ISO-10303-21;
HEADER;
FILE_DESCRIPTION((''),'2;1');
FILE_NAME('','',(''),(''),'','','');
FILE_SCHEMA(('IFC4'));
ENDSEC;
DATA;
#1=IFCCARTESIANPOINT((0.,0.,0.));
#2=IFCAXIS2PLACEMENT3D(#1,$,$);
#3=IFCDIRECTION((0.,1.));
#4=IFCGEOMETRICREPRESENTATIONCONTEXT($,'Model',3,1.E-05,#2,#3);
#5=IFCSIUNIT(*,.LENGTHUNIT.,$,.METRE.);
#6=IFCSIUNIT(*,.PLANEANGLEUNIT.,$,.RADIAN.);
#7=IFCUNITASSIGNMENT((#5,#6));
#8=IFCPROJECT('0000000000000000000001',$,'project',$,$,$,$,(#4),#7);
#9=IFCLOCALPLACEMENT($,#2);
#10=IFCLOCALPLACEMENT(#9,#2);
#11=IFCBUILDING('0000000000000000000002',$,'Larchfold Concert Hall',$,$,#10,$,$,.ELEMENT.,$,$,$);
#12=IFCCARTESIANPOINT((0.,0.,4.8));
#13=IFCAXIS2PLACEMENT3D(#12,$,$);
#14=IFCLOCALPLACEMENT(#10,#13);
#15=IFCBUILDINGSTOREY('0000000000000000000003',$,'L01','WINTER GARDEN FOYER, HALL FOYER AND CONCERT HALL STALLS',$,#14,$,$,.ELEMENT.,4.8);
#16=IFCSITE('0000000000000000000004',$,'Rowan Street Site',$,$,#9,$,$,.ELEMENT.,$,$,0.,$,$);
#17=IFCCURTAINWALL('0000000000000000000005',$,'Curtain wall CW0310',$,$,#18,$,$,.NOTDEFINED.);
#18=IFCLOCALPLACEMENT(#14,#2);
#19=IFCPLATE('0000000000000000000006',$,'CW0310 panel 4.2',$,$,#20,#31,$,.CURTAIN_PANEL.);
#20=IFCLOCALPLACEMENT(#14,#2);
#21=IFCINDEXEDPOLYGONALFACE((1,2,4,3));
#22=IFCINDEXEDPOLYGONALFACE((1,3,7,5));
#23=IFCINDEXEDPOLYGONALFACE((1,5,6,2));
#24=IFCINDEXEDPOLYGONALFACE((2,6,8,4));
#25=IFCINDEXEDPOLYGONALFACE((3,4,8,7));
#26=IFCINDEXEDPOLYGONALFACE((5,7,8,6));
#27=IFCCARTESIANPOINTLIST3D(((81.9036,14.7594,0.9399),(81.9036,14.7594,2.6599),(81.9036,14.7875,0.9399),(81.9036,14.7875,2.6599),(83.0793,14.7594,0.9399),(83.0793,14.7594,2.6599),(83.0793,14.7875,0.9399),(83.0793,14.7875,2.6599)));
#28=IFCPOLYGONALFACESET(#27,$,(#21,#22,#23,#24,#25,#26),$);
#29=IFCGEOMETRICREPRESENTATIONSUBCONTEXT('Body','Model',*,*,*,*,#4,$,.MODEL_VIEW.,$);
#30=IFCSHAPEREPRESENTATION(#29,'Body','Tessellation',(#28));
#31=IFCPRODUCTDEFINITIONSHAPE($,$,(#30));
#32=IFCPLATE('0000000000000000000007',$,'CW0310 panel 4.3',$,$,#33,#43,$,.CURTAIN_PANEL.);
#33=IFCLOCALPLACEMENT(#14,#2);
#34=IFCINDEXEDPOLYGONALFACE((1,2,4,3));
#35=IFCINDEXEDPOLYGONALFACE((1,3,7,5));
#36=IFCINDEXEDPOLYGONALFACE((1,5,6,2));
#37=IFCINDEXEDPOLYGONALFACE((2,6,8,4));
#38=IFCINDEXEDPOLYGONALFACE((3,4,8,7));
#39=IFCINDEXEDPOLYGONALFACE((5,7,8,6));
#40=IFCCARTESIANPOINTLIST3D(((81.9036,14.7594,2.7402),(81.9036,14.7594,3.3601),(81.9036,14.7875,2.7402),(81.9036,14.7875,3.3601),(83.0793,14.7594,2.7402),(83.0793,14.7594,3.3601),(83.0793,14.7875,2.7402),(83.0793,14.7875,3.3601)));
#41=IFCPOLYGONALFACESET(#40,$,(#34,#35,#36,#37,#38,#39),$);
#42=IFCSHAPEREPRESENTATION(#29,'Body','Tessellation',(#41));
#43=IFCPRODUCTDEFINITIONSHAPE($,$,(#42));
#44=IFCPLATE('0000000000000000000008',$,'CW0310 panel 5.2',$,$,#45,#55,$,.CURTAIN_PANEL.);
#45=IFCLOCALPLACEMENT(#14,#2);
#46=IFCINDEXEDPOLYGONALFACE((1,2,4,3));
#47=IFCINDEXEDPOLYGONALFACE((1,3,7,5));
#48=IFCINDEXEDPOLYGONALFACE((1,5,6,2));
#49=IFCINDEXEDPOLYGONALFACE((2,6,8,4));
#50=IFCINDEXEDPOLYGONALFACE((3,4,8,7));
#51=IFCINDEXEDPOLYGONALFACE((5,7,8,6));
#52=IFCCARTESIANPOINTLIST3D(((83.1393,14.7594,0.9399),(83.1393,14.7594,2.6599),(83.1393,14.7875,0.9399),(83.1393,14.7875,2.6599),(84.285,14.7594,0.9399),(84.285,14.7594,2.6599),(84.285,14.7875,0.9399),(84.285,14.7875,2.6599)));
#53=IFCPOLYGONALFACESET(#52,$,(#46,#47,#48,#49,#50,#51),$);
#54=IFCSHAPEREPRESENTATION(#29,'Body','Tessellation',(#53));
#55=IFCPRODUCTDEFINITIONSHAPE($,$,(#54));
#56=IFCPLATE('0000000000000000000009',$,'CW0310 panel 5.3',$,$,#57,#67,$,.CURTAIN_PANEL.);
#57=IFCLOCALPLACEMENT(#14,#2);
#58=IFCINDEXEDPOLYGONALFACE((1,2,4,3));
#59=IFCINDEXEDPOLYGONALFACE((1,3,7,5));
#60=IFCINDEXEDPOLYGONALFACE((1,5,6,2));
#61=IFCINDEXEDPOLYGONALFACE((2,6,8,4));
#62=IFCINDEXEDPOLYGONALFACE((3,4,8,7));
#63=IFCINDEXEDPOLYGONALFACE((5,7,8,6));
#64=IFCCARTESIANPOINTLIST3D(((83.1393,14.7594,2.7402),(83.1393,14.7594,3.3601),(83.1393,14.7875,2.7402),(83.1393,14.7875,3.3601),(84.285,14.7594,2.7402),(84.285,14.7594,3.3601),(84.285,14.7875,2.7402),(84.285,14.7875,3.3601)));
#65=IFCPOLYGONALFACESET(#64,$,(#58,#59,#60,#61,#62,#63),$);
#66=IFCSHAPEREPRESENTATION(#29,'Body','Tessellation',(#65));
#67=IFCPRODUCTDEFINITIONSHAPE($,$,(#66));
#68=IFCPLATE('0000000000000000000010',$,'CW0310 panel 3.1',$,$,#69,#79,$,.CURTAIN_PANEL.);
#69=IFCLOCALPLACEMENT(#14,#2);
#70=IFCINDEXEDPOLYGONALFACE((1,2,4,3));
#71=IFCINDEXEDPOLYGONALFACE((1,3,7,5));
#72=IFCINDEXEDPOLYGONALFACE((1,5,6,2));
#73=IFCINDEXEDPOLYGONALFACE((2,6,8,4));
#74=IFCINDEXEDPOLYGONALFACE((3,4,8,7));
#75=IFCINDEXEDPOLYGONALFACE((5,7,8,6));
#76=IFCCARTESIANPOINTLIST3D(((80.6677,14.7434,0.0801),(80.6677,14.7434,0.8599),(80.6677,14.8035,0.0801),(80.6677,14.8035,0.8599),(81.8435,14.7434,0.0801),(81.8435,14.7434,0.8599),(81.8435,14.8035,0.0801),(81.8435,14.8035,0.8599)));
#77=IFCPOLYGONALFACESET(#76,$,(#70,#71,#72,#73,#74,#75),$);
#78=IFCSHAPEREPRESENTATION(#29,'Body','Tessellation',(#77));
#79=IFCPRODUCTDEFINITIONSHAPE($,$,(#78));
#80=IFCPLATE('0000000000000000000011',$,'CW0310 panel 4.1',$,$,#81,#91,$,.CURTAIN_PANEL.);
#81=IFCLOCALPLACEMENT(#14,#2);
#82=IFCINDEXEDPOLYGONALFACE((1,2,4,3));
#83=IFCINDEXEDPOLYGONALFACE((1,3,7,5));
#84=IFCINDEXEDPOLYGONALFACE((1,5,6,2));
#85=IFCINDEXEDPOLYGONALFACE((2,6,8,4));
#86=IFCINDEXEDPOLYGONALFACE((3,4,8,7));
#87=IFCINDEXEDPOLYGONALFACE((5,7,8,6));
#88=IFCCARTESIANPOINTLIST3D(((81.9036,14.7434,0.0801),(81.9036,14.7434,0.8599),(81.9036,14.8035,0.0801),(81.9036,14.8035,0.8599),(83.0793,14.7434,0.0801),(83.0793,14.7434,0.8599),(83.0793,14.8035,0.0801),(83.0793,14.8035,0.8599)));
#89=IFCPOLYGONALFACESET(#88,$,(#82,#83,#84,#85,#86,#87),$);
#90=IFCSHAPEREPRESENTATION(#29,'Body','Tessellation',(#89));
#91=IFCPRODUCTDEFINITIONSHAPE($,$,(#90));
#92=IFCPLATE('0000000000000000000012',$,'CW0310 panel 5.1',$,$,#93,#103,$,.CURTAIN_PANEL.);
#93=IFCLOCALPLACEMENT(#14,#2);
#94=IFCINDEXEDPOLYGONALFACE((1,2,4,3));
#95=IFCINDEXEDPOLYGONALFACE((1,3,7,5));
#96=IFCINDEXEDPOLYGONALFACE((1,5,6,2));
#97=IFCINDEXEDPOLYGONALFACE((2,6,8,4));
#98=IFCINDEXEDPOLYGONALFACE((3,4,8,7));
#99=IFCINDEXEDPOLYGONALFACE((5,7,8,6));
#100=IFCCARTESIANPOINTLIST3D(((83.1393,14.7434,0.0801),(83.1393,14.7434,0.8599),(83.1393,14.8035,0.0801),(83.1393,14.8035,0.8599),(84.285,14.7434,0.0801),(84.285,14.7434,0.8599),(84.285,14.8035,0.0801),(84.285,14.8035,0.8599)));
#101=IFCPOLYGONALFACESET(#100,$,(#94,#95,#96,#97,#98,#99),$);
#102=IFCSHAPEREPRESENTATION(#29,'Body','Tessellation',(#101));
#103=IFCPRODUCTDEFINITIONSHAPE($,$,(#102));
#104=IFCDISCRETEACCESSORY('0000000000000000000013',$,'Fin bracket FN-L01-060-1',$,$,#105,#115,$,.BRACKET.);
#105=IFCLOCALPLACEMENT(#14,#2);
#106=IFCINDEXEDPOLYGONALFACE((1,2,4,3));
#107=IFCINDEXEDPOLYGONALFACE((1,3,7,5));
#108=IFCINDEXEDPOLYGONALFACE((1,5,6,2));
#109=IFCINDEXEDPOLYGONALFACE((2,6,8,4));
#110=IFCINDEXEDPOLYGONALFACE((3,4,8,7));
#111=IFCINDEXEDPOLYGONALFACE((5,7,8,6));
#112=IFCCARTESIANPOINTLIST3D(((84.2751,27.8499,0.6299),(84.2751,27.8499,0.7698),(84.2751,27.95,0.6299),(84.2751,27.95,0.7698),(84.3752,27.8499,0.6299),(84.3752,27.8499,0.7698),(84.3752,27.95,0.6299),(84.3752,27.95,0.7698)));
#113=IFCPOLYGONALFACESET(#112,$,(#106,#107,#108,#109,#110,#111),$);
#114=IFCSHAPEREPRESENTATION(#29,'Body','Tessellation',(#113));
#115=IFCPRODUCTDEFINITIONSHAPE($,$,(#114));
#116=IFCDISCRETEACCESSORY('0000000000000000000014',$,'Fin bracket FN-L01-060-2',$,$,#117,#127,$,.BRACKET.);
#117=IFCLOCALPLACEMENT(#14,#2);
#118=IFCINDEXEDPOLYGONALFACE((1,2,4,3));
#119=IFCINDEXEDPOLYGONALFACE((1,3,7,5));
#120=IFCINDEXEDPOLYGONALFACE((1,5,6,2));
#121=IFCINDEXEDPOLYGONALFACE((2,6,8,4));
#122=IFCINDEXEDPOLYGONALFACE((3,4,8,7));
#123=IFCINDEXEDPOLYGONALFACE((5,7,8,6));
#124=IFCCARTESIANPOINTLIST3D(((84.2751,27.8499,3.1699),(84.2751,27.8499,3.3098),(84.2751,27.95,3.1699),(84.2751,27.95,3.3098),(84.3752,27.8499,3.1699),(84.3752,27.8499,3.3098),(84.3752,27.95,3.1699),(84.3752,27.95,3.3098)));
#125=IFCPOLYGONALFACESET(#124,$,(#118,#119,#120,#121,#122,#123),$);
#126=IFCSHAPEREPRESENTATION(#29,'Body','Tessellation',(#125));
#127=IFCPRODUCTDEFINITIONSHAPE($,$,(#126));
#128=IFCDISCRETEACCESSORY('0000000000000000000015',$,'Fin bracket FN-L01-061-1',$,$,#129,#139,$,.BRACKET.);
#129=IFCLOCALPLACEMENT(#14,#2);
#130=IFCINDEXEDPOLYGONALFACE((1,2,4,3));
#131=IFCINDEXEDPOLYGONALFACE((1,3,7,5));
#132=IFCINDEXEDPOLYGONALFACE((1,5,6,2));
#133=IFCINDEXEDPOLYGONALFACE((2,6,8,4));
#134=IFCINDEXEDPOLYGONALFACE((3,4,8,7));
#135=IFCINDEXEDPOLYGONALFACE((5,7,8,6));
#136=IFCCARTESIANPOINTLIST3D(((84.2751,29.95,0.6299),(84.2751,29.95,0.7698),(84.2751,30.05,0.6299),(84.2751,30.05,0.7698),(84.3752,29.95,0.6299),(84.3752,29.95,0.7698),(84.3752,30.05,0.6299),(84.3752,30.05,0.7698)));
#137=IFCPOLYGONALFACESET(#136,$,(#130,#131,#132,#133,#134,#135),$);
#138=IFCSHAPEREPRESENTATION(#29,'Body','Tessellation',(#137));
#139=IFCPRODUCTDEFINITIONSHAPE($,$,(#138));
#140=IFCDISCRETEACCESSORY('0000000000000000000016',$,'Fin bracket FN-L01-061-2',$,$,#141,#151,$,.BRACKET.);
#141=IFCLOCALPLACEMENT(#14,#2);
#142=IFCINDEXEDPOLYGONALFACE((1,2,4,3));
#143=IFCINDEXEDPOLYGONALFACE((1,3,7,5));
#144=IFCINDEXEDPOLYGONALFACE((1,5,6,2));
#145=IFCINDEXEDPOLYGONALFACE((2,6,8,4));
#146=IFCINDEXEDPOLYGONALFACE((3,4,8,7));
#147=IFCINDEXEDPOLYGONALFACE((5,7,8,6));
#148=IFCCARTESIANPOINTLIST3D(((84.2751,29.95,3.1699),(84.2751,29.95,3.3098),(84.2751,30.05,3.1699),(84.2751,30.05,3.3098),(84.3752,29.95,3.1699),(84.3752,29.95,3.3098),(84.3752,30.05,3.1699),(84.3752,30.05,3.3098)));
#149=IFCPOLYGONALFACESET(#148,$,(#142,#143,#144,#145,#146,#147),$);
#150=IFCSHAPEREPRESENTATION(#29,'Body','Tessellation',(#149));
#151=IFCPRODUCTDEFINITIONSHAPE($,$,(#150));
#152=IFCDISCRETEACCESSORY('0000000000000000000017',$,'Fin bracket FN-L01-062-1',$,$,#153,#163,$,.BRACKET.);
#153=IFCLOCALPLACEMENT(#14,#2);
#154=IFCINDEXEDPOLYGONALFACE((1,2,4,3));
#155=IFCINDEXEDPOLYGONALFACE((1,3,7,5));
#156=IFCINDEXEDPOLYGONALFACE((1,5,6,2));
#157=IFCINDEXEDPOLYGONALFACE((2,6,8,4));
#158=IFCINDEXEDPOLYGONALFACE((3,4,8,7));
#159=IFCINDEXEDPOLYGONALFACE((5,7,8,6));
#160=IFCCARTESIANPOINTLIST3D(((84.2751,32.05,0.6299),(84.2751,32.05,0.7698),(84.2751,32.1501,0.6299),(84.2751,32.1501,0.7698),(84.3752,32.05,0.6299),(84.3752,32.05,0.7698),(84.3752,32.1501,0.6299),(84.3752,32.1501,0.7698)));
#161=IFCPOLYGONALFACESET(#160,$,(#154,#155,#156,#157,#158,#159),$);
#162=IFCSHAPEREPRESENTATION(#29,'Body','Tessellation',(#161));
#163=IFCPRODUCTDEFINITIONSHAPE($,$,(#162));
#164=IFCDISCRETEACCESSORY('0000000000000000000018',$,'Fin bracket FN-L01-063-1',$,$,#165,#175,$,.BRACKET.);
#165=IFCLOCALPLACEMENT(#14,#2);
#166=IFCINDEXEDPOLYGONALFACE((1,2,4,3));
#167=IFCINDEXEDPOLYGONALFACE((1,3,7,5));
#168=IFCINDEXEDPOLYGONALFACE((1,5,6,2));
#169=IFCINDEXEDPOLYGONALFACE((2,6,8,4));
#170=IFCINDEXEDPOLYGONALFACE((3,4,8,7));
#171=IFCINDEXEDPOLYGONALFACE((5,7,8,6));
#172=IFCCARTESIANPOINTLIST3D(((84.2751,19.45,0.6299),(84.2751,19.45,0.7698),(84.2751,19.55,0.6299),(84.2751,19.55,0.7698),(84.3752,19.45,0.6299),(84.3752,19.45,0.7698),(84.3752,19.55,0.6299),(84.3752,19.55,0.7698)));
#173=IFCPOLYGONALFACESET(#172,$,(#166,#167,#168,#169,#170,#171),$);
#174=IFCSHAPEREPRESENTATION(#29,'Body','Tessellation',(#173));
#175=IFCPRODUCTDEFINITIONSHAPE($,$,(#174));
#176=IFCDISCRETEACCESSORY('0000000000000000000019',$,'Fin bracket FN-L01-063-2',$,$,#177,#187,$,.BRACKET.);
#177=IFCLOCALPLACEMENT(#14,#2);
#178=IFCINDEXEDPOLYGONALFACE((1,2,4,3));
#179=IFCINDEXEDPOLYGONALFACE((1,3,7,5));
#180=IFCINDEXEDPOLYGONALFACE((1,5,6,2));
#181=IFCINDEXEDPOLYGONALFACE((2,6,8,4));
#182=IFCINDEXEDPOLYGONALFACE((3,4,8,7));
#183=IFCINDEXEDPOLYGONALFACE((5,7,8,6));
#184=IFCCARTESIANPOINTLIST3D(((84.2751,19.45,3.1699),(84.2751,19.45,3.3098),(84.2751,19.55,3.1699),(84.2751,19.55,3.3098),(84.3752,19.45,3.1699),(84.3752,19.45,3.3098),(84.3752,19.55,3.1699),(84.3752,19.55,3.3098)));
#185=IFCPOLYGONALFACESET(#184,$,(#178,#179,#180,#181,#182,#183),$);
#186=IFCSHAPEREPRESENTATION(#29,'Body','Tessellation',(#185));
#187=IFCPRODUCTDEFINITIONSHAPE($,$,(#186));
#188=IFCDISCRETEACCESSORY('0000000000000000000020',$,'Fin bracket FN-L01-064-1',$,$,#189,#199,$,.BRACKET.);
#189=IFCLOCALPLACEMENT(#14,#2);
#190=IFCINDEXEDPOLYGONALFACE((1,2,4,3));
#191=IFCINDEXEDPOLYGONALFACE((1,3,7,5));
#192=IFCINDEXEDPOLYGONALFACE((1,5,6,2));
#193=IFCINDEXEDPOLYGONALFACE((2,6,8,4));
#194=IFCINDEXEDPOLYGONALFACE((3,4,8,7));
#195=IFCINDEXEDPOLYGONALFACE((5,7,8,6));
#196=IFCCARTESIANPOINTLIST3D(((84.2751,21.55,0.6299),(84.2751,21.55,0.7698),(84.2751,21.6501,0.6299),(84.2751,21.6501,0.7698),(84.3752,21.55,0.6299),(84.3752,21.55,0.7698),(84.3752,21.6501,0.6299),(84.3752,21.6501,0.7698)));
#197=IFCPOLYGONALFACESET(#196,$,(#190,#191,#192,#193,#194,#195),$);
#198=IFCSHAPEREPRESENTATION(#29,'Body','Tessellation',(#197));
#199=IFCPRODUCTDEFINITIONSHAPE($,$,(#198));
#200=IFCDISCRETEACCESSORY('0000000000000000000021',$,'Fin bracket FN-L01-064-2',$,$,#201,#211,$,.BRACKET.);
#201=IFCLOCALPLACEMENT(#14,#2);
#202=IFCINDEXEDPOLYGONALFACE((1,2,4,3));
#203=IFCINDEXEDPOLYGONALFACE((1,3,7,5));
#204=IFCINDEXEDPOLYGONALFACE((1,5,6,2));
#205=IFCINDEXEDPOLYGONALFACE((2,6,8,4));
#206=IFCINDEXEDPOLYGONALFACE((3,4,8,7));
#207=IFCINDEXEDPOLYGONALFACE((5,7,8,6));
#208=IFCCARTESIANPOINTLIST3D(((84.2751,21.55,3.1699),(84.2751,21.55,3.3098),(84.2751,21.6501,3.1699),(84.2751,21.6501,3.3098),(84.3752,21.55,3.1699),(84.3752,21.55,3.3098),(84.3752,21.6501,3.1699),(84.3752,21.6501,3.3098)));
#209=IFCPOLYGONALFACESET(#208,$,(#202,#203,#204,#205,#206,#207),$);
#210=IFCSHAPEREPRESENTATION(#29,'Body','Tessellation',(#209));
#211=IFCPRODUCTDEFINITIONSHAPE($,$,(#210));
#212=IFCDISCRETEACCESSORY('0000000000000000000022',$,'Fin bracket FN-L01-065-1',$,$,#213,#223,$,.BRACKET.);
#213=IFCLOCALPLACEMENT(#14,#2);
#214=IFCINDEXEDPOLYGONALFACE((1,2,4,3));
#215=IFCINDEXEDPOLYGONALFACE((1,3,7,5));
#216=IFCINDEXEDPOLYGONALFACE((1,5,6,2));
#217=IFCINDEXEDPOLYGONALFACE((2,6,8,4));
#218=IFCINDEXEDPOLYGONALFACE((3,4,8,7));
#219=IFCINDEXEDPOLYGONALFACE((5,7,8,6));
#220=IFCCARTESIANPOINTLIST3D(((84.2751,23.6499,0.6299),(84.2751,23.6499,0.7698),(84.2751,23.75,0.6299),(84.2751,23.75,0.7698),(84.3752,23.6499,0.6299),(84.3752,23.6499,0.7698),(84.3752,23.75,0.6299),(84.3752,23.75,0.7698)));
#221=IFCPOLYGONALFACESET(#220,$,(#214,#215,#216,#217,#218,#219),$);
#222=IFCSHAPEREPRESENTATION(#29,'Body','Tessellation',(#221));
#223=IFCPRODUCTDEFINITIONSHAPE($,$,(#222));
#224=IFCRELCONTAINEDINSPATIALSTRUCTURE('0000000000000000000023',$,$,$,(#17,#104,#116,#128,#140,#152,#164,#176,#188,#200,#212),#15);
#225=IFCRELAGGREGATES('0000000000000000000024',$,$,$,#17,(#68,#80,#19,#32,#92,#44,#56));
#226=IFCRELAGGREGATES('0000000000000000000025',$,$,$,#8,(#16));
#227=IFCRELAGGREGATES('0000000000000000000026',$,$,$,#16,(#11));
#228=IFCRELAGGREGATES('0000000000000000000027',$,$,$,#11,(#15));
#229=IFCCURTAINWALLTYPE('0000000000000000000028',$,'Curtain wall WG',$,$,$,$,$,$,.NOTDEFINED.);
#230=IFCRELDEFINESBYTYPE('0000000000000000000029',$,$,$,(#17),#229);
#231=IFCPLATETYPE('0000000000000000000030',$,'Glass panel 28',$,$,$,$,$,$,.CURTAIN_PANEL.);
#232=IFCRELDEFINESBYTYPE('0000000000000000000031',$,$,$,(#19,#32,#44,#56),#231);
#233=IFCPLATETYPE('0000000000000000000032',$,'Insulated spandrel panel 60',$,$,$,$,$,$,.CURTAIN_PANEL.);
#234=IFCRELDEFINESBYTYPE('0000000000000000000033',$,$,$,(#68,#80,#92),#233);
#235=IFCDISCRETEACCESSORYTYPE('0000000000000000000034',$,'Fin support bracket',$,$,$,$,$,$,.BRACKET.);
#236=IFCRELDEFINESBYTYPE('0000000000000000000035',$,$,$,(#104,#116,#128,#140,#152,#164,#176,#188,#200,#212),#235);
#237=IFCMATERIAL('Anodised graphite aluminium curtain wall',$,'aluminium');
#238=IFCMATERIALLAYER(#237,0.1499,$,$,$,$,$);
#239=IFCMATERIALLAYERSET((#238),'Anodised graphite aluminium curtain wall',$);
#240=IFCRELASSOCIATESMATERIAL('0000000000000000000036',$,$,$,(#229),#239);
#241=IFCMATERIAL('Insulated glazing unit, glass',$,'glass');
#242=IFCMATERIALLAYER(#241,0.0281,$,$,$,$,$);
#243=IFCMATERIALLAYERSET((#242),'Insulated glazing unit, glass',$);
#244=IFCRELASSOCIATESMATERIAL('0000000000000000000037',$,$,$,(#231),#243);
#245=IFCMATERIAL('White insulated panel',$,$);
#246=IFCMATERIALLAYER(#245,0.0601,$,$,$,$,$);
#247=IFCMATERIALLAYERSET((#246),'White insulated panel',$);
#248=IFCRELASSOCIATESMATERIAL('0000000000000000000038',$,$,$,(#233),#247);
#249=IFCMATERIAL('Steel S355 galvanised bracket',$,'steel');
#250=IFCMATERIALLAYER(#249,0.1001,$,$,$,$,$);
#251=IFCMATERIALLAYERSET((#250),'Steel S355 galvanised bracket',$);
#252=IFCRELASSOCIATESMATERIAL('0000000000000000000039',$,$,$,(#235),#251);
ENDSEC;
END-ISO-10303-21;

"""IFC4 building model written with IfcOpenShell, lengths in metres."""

from ifc_helpers import new_model, si_unit, direction, frame, origin, origin_2d, place, context, subcontext, project, spatial, rectangle, extrude, material, layer, layer_set, type_object, element, aggregate, save


model = new_model("IFC4")

# Units and contexts
model_context = context("Model", 3, precision=1e-05, world=origin(), true_north=direction((0.0, 1.0)))
body_context = subcontext(model_context, "Body", "Model", "MODEL_VIEW")
ifc_project = project(units=[si_unit("LENGTHUNIT", "METRE"), si_unit("PLANEANGLEUNIT", "RADIAN")], contexts=[model_context])

# Site, building, storey
site_placement = place(None, origin())
site = spatial("IfcSite", under=ifc_project, at=site_placement, Name="Rowan Street Site", CompositionType="ELEMENT", RefElevation=0.0)
building_placement = place(site_placement, origin())
building = spatial("IfcBuilding", under=site, at=building_placement, Name="Larchfold Concert Hall", CompositionType="ELEMENT")
storey_placement = place(building_placement, frame((0.0, 0.0, 4.8)))
storey = spatial("IfcBuildingStorey", under=building, at=storey_placement, Name="L01", Description="WINTER GARDEN FOYER, HALL FOYER AND CONCERT HALL STALLS", CompositionType="ELEMENT", Elevation=4.8)

# Curtain wall, plates
ifc_material_1 = material(Name="Anodised graphite aluminium curtain wall", Category="aluminium")
ifc_layer_1 = layer(ifc_material_1, 0.1499)
ifc_layer_set_1 = layer_set([ifc_layer_1], Name="Anodised graphite aluminium curtain wall")
curtain_wall_type = type_object("IfcCurtainWallType", Name="Curtain wall WG", PredefinedType="NOTDEFINED", material=ifc_layer_set_1)
curtain_wall_placement = place(storey_placement, origin())
curtain_wall = element("IfcCurtainWall", 1, at=curtain_wall_placement, inside=storey, type_object=curtain_wall_type, Name="Curtain wall CW0310", PredefinedType="NOTDEFINED")
ifc_material_2 = material(Name="Insulated glazing unit, glass", Category="glass")
ifc_layer_2 = layer(ifc_material_2, 0.0281)
ifc_layer_set_2 = layer_set([ifc_layer_2], Name="Insulated glazing unit, glass")
plate_type_1 = type_object("IfcPlateType", Name="Glass panel 28", PredefinedType="CURTAIN_PANEL", material=ifc_layer_set_2)
plate_1_placement = place(storey_placement, frame((82.4915, 14.7734, 0.9399), z_axis=(0.0, 0.0, 1.0), x_axis=(1.0, 0.0, 0.0)))
plate_1 = element("IfcPlate", 2, at=plate_1_placement, type_object=plate_type_1, Name="CW0310 panel 4.2", PredefinedType="CURTAIN_PANEL", context=body_context, shape_type="SweptSolid", body=[
    extrude(rectangle(XDim=1.1758, YDim=0.0281, at=origin_2d()), origin(), (0.0, 0.0, 1.0), 1.72),
])
plate_2_placement = place(storey_placement, frame((82.4915, 14.7734, 2.7402), z_axis=(0.0, 0.0, 1.0), x_axis=(1.0, 0.0, 0.0)))
plate_2 = element("IfcPlate", 3, at=plate_2_placement, type_object=plate_type_1, Name="CW0310 panel 4.3", PredefinedType="CURTAIN_PANEL", context=body_context, shape_type="SweptSolid", body=[
    extrude(rectangle(XDim=1.1758, YDim=0.0281, at=origin_2d()), origin(), (0.0, 0.0, 1.0), 0.6199),
])
plate_3_placement = place(storey_placement, frame((83.7122, 14.7734, 0.9399), z_axis=(0.0, 0.0, 1.0), x_axis=(1.0, 0.0, 0.0)))
plate_3 = element("IfcPlate", 4, at=plate_3_placement, type_object=plate_type_1, Name="CW0310 panel 5.2", PredefinedType="CURTAIN_PANEL", context=body_context, shape_type="SweptSolid", body=[
    extrude(rectangle(XDim=1.1458, YDim=0.0281, at=origin_2d()), origin(), (0.0, 0.0, 1.0), 1.72),
])
plate_4_placement = place(storey_placement, frame((83.7122, 14.7734, 2.7402), z_axis=(0.0, 0.0, 1.0), x_axis=(1.0, 0.0, 0.0)))
plate_4 = element("IfcPlate", 5, at=plate_4_placement, type_object=plate_type_1, Name="CW0310 panel 5.3", PredefinedType="CURTAIN_PANEL", context=body_context, shape_type="SweptSolid", body=[
    extrude(rectangle(XDim=1.1458, YDim=0.0281, at=origin_2d()), origin(), (0.0, 0.0, 1.0), 0.6199),
])
ifc_material_3 = material(Name="White insulated panel")
ifc_layer_3 = layer(ifc_material_3, 0.0601)
ifc_layer_set_3 = layer_set([ifc_layer_3], Name="White insulated panel")
plate_type_2 = type_object("IfcPlateType", Name="Insulated spandrel panel 60", PredefinedType="CURTAIN_PANEL", material=ifc_layer_set_3)
plate_5_placement = place(storey_placement, frame((81.2556, 14.7734, 0.0801), z_axis=(0.0, 0.0, 1.0), x_axis=(1.0, 0.0, 0.0)))
plate_5 = element("IfcPlate", 6, at=plate_5_placement, type_object=plate_type_2, Name="CW0310 panel 3.1", PredefinedType="CURTAIN_PANEL", context=body_context, shape_type="SweptSolid", body=[
    extrude(rectangle(XDim=1.1758, YDim=0.0601, at=origin_2d()), origin(), (0.0, 0.0, 1.0), 0.7798),
])
plate_6_placement = place(storey_placement, frame((82.4915, 14.7734, 0.0801), z_axis=(0.0, 0.0, 1.0), x_axis=(1.0, 0.0, 0.0)))
plate_6 = element("IfcPlate", 7, at=plate_6_placement, type_object=plate_type_2, Name="CW0310 panel 4.1", PredefinedType="CURTAIN_PANEL", context=body_context, shape_type="SweptSolid", body=[
    extrude(rectangle(XDim=1.1758, YDim=0.0601, at=origin_2d()), origin(), (0.0, 0.0, 1.0), 0.7798),
])
plate_7_placement = place(storey_placement, frame((83.7122, 14.7734, 0.0801), z_axis=(0.0, 0.0, 1.0), x_axis=(1.0, 0.0, 0.0)))
plate_7 = element("IfcPlate", 8, at=plate_7_placement, type_object=plate_type_2, Name="CW0310 panel 5.1", PredefinedType="CURTAIN_PANEL", context=body_context, shape_type="SweptSolid", body=[
    extrude(rectangle(XDim=1.1458, YDim=0.0601, at=origin_2d()), origin(), (0.0, 0.0, 1.0), 0.7798),
])
aggregate(curtain_wall, [plate_5, plate_6, plate_1, plate_2, plate_7, plate_3, plate_4])

# Discrete accessories
ifc_material_4 = material(Name="Steel S355 galvanised bracket", Category="steel")
ifc_layer_4 = layer(ifc_material_4, 0.1001)
ifc_layer_set_4 = layer_set([ifc_layer_4], Name="Steel S355 galvanised bracket")
discrete_accessory_type = type_object("IfcDiscreteAccessoryType", Name="Fin support bracket", PredefinedType="BRACKET", material=ifc_layer_set_4)
for number, where, z_axis, x_axis, name in (
    (9, (84.3252, 27.8999, 0.6299), (0.0, 0.0, 1.0), (-1.0, 0.0, 0.0), "Fin bracket FN-L01-060-1"),
    (10, (84.3252, 27.8999, 3.1699), (0.0, 0.0, 1.0), (-1.0, 0.0, 0.0), "Fin bracket FN-L01-060-2"),
    (11, (84.3252, 30.0, 0.6299), (0.0, 0.0, 1.0), (-1.0, 0.0, 0.0), "Fin bracket FN-L01-061-1"),
    (12, (84.3252, 30.0, 3.1699), (0.0, 0.0, 1.0), (-1.0, 0.0, 0.0), "Fin bracket FN-L01-061-2"),
    (13, (84.3252, 32.1001, 0.6299), (0.0, 0.0, 1.0), (-1.0, 0.0, 0.0), "Fin bracket FN-L01-062-1"),
    (14, (84.3252, 19.5, 0.6299), (0.0, 0.0, 1.0), (-1.0, 0.0, 0.0), "Fin bracket FN-L01-063-1"),
    (15, (84.3252, 19.5, 3.1699), (0.0, 0.0, 1.0), (-1.0, 0.0, 0.0), "Fin bracket FN-L01-063-2"),
    (16, (84.3252, 21.6001, 0.6299), (0.0, 0.0, 1.0), (-1.0, 0.0, 0.0), "Fin bracket FN-L01-064-1"),
    (17, (84.3252, 21.6001, 3.1699), (0.0, 0.0, 1.0), (-1.0, 0.0, 0.0), "Fin bracket FN-L01-064-2"),
    (18, (84.3252, 23.7, 0.6299), (0.0, 0.0, 1.0), (-1.0, 0.0, 0.0), "Fin bracket FN-L01-065-1"),
):
    element("IfcDiscreteAccessory", number, at=place(storey_placement, frame(where, z_axis=z_axis, x_axis=x_axis)), inside=storey, type_object=discrete_accessory_type, Name=name, PredefinedType="BRACKET", context=body_context, shape_type="SweptSolid", body=[
        extrude(rectangle(XDim=0.1001, YDim=0.1001, at=origin_2d()), origin(), (0.0, 0.0, 1.0), 0.1399),
    ])

save(model, "model.ifc")
